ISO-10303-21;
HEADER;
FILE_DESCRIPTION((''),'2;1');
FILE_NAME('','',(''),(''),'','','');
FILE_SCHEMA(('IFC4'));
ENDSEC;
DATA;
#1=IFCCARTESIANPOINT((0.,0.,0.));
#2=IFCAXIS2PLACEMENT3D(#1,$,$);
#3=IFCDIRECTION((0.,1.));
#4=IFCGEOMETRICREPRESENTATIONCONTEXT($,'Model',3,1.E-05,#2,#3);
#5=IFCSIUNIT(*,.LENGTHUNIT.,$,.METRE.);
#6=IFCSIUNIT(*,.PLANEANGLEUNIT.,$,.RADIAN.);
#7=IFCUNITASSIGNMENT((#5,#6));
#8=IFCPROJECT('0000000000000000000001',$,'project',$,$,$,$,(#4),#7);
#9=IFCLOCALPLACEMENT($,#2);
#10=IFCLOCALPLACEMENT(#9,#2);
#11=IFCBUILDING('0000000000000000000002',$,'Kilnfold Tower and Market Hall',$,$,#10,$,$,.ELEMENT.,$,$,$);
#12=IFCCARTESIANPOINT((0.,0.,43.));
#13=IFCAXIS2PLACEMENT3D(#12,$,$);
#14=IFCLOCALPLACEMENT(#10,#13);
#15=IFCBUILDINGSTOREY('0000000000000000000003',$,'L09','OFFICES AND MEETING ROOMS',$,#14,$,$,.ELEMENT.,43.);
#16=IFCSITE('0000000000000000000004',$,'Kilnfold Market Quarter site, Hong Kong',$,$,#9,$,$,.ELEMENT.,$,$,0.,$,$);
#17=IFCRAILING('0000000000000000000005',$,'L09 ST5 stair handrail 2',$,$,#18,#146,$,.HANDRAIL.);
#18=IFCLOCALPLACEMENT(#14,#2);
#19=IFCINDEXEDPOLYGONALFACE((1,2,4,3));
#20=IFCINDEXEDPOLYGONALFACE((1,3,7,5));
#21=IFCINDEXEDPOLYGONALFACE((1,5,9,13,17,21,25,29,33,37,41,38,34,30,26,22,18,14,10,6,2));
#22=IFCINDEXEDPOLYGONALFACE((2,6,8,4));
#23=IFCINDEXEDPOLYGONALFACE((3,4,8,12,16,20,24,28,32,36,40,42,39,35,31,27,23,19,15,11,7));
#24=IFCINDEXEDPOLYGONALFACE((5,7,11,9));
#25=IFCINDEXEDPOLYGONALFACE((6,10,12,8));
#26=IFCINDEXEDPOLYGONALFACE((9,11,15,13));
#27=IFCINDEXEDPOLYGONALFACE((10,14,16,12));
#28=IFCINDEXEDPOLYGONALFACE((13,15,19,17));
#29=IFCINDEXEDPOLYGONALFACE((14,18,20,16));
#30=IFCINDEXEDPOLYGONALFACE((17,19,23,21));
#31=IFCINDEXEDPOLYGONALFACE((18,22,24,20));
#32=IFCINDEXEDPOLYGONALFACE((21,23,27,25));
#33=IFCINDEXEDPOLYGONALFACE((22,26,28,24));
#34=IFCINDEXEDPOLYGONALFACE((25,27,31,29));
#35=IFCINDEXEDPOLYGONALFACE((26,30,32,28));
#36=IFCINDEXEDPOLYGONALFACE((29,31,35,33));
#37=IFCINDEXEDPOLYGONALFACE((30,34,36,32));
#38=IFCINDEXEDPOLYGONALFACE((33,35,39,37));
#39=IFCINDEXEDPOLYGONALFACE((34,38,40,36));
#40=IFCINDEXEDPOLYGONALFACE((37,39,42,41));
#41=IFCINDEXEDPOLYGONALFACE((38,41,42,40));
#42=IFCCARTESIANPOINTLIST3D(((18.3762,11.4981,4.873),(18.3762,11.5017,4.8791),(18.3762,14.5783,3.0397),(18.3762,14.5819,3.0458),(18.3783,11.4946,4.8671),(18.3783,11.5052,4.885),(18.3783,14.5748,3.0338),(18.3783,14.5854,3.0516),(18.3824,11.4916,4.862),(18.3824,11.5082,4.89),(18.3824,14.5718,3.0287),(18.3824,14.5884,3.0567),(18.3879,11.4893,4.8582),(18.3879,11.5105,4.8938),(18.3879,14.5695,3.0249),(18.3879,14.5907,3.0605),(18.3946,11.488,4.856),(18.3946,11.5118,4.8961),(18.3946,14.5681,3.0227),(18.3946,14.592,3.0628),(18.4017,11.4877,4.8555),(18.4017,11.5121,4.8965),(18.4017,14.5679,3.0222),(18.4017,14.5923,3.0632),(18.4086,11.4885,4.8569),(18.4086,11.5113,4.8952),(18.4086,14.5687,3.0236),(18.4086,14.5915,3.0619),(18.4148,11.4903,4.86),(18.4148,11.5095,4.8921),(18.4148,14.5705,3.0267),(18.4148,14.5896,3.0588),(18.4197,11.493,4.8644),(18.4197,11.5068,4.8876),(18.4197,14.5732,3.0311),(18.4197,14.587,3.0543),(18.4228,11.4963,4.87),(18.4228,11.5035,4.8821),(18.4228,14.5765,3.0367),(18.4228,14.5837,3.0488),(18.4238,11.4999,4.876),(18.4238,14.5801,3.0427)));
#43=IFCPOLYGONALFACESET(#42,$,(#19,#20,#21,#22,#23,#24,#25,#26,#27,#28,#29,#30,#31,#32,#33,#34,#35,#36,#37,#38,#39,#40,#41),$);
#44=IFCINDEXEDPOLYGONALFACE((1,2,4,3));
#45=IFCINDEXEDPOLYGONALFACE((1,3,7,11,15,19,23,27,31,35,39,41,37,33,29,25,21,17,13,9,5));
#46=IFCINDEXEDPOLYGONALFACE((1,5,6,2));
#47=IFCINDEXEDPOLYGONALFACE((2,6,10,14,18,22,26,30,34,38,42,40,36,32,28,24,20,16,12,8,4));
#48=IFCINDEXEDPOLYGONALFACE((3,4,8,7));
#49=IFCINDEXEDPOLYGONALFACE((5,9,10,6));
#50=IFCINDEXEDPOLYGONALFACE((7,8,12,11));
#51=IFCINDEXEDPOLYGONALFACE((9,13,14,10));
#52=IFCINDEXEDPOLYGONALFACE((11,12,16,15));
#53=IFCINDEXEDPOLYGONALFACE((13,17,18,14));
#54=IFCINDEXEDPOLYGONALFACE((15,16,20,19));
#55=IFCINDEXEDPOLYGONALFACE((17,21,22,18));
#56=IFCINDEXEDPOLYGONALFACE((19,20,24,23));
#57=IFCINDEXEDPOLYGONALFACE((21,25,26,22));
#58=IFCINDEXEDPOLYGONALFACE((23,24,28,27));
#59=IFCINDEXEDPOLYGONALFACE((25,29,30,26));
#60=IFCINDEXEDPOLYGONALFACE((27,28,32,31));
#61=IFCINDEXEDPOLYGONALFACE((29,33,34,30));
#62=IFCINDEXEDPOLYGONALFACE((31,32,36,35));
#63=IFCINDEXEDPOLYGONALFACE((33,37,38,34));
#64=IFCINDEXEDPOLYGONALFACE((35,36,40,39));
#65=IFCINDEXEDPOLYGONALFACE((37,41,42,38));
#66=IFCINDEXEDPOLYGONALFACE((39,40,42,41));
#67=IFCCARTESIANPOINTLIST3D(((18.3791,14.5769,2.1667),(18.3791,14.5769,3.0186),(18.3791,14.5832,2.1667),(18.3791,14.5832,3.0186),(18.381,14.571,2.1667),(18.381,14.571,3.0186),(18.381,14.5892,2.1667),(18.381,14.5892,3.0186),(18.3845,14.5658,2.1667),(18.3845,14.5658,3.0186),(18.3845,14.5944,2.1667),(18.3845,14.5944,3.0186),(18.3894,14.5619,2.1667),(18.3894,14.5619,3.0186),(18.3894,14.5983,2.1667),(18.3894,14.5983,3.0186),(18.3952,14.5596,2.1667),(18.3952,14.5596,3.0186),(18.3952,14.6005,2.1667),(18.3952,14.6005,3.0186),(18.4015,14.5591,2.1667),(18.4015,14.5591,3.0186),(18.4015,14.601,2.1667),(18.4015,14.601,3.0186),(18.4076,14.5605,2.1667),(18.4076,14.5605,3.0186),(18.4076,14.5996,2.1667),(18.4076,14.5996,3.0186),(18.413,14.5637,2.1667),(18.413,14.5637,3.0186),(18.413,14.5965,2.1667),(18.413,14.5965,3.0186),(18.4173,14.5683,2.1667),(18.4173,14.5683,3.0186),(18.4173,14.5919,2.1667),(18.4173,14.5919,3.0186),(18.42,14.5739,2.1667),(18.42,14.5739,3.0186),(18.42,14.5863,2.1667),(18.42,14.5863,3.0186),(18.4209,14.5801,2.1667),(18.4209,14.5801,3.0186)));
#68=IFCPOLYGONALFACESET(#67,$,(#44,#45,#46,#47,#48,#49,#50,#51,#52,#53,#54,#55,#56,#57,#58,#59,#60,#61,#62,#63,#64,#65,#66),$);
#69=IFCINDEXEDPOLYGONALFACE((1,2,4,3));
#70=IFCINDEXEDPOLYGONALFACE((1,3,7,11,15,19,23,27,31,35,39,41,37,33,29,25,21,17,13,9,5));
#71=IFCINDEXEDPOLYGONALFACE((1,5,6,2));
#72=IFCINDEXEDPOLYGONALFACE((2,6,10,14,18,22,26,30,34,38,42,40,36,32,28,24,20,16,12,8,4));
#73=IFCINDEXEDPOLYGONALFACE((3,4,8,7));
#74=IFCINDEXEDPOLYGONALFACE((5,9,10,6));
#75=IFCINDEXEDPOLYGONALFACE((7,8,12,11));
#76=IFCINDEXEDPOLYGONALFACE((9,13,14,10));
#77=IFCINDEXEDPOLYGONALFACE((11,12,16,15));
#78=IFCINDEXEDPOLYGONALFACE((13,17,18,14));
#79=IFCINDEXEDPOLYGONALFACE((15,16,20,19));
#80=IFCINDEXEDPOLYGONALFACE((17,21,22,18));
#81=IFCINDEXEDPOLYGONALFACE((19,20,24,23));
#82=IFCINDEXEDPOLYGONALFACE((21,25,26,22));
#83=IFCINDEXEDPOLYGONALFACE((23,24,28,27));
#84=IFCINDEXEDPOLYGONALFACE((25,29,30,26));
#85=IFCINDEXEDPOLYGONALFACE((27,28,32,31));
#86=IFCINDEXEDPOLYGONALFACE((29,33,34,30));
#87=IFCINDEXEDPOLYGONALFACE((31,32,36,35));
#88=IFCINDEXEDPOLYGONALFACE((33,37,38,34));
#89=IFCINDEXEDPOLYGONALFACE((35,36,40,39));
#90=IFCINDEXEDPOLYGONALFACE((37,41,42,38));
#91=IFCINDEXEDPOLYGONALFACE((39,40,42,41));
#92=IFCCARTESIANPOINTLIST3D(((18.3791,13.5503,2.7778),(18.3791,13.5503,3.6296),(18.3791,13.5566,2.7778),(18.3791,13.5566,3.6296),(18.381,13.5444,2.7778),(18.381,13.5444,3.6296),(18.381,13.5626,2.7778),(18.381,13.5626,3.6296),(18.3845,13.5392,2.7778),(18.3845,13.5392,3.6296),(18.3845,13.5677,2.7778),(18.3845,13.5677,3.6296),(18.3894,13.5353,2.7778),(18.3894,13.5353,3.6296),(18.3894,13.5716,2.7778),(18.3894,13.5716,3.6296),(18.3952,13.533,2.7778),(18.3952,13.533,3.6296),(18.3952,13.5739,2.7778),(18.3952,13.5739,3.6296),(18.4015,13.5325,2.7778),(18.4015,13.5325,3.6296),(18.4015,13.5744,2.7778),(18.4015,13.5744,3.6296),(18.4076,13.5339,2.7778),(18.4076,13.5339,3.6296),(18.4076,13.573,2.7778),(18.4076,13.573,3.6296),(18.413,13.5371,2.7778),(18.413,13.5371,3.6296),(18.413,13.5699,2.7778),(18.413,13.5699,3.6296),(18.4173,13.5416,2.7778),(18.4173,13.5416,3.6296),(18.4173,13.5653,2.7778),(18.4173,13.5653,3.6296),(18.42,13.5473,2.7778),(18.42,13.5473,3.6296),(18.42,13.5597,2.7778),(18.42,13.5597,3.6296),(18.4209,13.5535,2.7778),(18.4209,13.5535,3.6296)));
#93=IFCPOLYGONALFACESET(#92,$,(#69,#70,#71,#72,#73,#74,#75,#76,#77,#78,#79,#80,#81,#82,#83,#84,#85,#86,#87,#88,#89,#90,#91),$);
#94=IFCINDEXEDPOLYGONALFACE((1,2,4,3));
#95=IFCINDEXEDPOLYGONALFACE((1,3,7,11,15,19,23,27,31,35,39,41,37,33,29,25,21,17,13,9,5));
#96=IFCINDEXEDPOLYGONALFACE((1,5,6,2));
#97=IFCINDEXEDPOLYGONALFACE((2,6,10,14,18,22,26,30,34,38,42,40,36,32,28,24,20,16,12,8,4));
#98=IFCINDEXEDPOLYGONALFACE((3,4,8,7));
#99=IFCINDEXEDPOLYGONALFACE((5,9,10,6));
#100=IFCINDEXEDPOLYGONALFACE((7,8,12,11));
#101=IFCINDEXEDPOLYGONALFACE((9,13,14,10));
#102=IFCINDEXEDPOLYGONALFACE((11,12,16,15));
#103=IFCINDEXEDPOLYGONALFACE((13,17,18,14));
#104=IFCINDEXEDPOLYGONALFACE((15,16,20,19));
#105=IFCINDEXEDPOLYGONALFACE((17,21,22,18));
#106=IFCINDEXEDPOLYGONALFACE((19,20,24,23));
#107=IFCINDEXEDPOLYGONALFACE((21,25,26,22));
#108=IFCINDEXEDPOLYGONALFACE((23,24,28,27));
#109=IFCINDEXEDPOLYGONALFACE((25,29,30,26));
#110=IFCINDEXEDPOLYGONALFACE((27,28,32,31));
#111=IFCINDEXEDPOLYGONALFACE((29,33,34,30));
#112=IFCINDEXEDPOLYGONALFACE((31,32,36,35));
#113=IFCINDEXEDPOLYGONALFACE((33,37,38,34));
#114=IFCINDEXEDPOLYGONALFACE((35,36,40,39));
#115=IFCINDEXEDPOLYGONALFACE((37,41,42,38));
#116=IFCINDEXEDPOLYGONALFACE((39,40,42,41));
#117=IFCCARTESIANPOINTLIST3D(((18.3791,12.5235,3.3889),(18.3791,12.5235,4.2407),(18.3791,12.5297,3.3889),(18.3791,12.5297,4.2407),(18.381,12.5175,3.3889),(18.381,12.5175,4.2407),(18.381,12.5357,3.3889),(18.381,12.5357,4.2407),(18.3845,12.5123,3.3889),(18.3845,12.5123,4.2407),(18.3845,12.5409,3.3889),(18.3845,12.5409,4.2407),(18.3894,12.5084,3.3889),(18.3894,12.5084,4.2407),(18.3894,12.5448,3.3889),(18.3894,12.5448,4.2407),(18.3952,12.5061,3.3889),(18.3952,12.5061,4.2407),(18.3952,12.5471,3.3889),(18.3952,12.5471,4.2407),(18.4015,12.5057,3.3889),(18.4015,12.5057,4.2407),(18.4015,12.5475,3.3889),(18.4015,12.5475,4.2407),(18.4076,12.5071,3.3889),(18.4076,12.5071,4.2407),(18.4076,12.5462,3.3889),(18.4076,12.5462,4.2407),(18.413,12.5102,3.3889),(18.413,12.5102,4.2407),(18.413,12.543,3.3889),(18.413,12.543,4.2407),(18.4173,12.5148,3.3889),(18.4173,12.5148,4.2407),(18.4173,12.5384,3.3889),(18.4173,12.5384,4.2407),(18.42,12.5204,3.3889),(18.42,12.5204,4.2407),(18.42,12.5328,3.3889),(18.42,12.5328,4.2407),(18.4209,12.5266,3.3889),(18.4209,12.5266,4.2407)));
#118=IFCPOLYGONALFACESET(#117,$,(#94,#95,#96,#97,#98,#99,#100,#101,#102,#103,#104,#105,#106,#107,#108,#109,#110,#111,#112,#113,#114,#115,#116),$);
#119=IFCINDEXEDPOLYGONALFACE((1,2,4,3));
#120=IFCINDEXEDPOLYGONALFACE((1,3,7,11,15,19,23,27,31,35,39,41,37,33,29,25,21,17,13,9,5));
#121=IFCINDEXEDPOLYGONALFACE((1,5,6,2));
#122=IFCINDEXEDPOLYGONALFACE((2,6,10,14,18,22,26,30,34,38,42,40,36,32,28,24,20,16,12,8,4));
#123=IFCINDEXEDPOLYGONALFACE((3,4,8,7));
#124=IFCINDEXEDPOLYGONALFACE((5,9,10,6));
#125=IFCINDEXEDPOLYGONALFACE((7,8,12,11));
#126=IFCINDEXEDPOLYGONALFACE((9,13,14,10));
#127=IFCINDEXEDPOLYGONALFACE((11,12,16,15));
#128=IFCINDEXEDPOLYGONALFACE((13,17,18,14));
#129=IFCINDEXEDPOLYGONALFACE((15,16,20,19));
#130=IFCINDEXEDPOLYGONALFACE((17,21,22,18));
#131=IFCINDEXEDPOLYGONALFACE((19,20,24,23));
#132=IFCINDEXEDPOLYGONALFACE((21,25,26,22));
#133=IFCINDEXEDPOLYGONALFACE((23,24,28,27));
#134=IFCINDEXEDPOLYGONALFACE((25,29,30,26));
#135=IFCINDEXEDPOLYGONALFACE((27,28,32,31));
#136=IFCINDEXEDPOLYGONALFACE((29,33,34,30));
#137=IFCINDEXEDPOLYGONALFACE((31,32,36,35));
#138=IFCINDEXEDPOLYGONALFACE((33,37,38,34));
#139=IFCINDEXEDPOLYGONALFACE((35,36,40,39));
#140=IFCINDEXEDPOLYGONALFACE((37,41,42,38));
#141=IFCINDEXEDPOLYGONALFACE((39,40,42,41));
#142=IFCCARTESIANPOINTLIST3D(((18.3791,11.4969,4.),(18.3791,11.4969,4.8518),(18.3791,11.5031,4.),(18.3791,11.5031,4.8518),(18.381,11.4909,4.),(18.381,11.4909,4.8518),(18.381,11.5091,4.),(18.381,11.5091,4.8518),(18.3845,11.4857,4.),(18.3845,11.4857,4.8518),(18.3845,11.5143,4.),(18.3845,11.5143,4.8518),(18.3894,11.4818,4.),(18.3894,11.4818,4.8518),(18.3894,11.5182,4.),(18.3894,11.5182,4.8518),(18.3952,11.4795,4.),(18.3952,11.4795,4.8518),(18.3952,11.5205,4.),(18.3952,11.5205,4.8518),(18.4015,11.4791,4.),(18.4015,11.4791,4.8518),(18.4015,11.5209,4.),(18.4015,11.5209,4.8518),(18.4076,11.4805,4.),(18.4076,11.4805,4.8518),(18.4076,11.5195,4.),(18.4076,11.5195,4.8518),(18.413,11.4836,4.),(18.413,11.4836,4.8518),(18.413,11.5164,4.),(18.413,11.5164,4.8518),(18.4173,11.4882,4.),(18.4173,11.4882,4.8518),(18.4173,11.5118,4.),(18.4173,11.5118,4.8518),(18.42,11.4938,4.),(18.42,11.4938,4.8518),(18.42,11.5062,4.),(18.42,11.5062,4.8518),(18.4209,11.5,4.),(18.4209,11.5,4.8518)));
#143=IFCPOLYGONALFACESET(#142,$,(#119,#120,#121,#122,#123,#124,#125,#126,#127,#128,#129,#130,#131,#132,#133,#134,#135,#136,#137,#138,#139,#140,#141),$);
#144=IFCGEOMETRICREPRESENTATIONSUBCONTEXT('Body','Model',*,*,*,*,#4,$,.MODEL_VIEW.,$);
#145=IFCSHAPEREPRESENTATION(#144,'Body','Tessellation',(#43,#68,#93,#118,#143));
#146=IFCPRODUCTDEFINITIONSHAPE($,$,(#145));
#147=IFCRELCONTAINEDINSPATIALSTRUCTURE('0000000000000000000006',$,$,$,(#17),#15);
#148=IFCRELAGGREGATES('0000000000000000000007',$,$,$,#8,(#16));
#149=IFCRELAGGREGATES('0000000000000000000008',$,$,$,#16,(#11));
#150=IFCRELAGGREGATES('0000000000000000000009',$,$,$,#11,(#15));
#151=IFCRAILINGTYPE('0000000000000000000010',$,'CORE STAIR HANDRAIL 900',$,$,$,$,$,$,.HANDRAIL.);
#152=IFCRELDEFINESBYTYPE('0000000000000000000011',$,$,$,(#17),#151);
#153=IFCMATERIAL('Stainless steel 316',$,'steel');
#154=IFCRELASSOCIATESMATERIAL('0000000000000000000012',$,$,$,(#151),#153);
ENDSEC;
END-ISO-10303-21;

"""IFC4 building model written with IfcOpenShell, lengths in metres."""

from ifc_helpers import new_model, si_unit, direction, frame, origin, origin_2d, place, context, subcontext, project, spatial, circle, extrude, material, type_object, element, save


model = new_model("IFC4")

# Units and contexts
model_context = context("Model", 3, precision=1e-05, world=origin(), true_north=direction((0.0, 1.0)))
body_context = subcontext(model_context, "Body", "Model", "MODEL_VIEW")
ifc_project = project(units=[si_unit("LENGTHUNIT", "METRE"), si_unit("PLANEANGLEUNIT", "RADIAN")], contexts=[model_context])

# Site, building, storey
site_placement = place(None, origin())
site = spatial("IfcSite", under=ifc_project, at=site_placement, Name="Kilnfold Market Quarter site, Hong Kong", CompositionType="ELEMENT", RefElevation=0.0)
building_placement = place(site_placement, origin())
building = spatial("IfcBuilding", under=site, at=building_placement, Name="Kilnfold Tower and Market Hall", CompositionType="ELEMENT")
storey_placement = place(building_placement, frame((0.0, 0.0, 43.0)))
storey = spatial("IfcBuildingStorey", under=building, at=storey_placement, Name="L09", Description="OFFICES AND MEETING ROOMS", CompositionType="ELEMENT", Elevation=43.0)

# Railing
ifc_material_1 = material(Name="Stainless steel 316", Category="steel")
railing_type_1 = type_object("IfcRailingType", Name="CORE STAIR HANDRAIL 900", PredefinedType="HANDRAIL", material=ifc_material_1)
railing_1_placement = place(storey_placement, frame((18.3999, 14.5801, 2.1667)))
element("IfcRailing", 1, at=railing_1_placement, inside=storey, type_object=railing_type_1, Name="L09 ST5 stair handrail 2", PredefinedType="HANDRAIL", context=body_context, shape_type="SweptSolid", body=[
    extrude(circle(Radius=0.0239, at=origin_2d()), frame((0.0, 0.0, 0.876), z_axis=(0.0, -0.859309, 0.511458), x_axis=(1.0, 0.0, 0.0)), (0.0, 0.0, 1.0), 3.5845),
    extrude(circle(Radius=0.021, at=origin_2d()), origin(), (0.0, 0.0, 1.0), 0.8518),
    extrude(circle(Radius=0.021, at=origin_2d()), frame((0.0, -1.0266, 0.6111)), (0.0, 0.0, 1.0), 0.8518),
    extrude(circle(Radius=0.021, at=origin_2d()), frame((0.0, -2.0535, 1.2222)), (0.0, 0.0, 1.0), 0.8518),
    extrude(circle(Radius=0.021, at=origin_2d()), frame((0.0, -3.0801, 1.8333)), (0.0, 0.0, 1.0), 0.8518),
])

save(model, "model.ifc")
